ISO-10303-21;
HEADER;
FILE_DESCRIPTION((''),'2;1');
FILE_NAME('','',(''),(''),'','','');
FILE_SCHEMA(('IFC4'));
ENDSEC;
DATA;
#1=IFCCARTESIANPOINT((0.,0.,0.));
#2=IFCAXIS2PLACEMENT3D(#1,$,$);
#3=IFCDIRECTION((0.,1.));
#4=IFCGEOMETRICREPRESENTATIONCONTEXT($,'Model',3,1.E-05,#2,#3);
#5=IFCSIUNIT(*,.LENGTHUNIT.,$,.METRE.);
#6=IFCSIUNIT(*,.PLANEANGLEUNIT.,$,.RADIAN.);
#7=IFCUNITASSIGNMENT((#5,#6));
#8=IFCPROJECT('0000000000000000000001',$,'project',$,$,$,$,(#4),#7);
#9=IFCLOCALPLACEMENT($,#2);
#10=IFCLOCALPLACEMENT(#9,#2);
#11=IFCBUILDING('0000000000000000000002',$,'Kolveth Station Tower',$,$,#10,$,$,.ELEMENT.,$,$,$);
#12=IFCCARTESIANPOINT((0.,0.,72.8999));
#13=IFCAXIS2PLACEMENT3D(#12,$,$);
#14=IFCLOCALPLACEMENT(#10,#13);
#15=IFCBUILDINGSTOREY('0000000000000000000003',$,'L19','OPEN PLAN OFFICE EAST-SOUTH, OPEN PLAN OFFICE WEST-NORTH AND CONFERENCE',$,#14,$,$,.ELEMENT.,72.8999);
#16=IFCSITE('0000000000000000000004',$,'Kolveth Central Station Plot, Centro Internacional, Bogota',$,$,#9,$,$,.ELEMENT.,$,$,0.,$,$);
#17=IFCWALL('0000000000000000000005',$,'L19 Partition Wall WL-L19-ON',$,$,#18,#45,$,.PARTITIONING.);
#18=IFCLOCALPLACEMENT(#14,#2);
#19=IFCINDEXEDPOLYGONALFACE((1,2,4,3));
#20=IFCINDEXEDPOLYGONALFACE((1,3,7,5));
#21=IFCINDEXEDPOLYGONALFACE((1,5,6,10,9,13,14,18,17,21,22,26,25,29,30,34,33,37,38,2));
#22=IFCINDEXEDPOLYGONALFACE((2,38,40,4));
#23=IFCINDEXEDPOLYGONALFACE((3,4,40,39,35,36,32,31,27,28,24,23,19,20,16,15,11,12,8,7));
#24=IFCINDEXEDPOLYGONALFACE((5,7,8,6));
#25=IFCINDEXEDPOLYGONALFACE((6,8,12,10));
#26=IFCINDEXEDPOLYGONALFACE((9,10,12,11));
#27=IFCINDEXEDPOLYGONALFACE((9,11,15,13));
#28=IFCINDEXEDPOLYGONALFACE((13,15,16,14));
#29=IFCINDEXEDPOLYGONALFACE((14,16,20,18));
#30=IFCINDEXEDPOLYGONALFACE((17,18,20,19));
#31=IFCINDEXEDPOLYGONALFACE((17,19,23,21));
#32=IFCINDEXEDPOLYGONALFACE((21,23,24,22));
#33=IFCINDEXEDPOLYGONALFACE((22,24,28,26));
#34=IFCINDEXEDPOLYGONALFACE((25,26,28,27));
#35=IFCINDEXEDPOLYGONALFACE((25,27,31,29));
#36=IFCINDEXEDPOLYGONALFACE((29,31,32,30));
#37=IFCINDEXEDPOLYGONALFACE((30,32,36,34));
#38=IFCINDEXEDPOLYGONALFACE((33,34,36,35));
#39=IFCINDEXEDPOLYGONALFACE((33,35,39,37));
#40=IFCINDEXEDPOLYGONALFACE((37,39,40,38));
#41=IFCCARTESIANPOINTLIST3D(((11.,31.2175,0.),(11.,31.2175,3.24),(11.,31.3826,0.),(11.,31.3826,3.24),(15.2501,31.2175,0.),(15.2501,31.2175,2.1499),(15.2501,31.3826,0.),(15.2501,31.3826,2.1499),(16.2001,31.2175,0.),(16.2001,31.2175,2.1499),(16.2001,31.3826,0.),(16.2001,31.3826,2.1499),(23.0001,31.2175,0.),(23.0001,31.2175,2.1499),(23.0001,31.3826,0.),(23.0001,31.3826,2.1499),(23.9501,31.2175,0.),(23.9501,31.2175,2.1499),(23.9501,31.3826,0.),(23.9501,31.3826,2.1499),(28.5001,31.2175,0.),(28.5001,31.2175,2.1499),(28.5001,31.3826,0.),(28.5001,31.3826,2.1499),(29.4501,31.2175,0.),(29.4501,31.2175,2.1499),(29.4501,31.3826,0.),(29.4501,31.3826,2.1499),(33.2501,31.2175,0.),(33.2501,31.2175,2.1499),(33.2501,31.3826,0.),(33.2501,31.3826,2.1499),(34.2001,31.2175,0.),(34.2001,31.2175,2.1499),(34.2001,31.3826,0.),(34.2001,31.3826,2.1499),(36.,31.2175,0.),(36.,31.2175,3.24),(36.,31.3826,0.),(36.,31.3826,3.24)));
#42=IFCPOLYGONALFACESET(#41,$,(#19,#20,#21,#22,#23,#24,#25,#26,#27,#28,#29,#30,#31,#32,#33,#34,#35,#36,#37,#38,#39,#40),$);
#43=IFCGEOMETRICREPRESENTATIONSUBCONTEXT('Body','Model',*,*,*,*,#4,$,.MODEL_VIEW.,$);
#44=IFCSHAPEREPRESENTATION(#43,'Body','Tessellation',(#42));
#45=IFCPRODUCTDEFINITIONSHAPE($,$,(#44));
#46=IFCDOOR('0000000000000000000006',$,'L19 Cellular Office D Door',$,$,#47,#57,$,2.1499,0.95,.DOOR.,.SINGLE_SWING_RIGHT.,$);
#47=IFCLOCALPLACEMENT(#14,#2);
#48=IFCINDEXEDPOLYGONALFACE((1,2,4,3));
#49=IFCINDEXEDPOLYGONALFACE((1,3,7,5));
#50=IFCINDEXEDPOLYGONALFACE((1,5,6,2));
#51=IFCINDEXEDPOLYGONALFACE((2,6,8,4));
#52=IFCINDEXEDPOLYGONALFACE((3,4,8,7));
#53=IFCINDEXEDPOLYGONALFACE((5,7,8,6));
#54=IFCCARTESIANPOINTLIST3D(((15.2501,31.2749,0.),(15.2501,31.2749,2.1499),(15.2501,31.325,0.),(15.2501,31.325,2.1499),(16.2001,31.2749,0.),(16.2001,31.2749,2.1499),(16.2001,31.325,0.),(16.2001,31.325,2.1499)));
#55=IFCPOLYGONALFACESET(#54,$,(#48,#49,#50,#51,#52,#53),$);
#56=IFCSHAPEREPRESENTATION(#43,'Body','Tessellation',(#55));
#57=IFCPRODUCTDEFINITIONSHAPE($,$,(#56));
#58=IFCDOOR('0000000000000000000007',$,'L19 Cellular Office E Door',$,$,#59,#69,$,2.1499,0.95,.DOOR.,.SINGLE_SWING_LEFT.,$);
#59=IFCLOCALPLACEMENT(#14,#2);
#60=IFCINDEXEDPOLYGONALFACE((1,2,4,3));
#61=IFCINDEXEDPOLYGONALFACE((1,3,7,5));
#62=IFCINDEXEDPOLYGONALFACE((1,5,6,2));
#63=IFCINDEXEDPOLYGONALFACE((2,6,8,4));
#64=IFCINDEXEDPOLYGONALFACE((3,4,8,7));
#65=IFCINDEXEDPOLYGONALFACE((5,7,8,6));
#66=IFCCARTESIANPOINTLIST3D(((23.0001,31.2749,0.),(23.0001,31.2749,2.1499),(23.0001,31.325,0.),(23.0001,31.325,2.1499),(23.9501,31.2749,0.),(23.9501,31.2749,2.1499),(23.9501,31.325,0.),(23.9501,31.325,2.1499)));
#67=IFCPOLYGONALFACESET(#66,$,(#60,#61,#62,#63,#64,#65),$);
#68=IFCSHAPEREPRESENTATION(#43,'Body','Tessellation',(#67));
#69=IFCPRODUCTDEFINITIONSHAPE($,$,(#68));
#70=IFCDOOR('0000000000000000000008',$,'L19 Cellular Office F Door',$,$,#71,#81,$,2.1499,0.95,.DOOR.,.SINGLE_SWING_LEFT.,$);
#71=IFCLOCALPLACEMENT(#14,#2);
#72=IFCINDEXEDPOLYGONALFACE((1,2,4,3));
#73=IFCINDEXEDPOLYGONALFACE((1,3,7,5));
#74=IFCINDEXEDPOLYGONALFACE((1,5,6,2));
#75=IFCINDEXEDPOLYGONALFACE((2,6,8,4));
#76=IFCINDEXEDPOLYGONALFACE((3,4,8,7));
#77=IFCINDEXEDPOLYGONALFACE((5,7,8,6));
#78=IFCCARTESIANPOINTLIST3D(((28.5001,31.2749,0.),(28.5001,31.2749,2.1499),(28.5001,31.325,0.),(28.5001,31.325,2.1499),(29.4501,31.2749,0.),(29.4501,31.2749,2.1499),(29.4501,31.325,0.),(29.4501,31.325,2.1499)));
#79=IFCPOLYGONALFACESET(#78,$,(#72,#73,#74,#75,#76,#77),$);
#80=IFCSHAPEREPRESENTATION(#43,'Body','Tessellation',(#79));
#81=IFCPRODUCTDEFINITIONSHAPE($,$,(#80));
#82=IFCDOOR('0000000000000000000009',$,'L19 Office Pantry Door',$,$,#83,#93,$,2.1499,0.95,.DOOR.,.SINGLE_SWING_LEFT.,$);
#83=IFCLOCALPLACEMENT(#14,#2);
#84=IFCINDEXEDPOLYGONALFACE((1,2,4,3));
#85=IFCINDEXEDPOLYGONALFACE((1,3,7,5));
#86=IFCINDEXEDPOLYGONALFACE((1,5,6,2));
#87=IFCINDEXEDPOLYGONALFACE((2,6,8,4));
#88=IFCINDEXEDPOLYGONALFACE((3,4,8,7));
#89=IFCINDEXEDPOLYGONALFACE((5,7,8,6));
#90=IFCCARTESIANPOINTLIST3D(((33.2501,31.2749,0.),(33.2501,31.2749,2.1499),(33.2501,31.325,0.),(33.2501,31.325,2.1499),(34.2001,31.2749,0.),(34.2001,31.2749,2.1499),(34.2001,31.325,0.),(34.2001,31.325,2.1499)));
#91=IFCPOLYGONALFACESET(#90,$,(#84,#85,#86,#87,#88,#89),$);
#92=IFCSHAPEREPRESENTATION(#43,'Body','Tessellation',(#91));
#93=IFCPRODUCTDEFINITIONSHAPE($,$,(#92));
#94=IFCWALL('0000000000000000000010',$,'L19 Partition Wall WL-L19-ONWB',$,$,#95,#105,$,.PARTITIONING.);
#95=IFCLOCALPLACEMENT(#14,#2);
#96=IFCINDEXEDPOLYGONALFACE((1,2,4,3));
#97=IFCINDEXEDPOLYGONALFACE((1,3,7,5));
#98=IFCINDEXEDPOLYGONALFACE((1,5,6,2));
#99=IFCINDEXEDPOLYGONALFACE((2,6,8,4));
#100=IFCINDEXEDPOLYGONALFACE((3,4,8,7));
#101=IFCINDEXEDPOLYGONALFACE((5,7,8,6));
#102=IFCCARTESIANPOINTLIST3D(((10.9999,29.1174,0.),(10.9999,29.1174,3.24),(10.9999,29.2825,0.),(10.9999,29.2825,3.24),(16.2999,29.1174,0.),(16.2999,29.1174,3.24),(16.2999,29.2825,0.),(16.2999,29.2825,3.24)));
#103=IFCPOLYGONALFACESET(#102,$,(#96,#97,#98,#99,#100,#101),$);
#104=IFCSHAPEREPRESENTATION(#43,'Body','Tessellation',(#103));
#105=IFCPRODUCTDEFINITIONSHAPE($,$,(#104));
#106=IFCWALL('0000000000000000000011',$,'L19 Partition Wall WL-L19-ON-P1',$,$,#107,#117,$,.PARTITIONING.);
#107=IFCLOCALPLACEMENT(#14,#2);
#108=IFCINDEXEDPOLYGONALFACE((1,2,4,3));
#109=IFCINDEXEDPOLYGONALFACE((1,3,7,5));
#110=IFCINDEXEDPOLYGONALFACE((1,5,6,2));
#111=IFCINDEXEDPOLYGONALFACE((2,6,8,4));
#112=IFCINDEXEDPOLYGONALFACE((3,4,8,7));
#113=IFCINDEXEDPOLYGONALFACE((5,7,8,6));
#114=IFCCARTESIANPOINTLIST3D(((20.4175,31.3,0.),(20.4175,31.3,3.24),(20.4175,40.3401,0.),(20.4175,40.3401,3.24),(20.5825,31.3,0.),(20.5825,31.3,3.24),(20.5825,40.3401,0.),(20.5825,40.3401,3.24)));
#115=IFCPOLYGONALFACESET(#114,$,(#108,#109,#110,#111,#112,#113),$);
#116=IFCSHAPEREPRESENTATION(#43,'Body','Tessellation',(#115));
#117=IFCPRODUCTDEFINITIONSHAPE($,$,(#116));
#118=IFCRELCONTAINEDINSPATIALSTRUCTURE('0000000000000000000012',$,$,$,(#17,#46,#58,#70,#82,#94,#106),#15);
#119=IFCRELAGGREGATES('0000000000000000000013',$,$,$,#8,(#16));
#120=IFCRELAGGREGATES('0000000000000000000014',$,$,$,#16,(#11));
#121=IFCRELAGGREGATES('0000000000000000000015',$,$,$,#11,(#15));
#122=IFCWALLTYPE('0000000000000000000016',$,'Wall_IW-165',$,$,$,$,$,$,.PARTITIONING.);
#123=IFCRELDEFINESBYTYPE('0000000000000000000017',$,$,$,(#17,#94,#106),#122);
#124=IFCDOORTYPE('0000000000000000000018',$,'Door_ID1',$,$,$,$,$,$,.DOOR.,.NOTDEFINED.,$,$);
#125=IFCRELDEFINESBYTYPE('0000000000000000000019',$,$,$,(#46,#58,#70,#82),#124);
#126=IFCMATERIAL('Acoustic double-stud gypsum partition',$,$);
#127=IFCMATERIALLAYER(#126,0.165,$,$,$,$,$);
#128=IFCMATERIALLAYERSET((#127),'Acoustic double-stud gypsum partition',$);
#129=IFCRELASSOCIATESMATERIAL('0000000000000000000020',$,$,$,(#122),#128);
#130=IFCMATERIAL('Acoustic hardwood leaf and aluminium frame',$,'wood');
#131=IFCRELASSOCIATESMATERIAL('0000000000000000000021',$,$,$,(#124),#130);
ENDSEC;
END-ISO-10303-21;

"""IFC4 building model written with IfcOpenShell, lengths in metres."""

from ifc_helpers import new_model, si_unit, direction, frame, frame_2d, origin, place, context, subcontext, project, spatial, rectangle, extrude, material, layer, layer_set, type_object, element, fill, save


model = new_model("IFC4")

# Units and contexts
model_context = context("Model", 3, precision=1e-05, world=origin(), true_north=direction((0.0, 1.0)))
body_context = subcontext(model_context, "Body", "Model", "MODEL_VIEW")
ifc_project = project(units=[si_unit("LENGTHUNIT", "METRE"), si_unit("PLANEANGLEUNIT", "RADIAN")], contexts=[model_context])

# Site, building, storey
site_placement = place(None, origin())
site = spatial("IfcSite", under=ifc_project, at=site_placement, Name="Kolveth Central Station Plot, Centro Internacional, Bogota", CompositionType="ELEMENT", RefElevation=0.0)
building_placement = place(site_placement, origin())
building = spatial("IfcBuilding", under=site, at=building_placement, Name="Kolveth Station Tower", CompositionType="ELEMENT")
storey_placement = place(building_placement, frame((0.0, 0.0, 72.8999)))
storey = spatial("IfcBuildingStorey", under=building, at=storey_placement, Name="L19", Description="OPEN PLAN OFFICE EAST-SOUTH, OPEN PLAN OFFICE WEST-NORTH AND CONFERENCE", CompositionType="ELEMENT", Elevation=72.8999)

# Wall, openings, doors
ifc_material_1 = material(Name="Acoustic double-stud gypsum partition")
ifc_layer_1 = layer(ifc_material_1, 0.165)
ifc_layer_set_1 = layer_set([ifc_layer_1], Name="Acoustic double-stud gypsum partition")
wall_type = type_object("IfcWallType", Name="Wall_IW-165", PredefinedType="PARTITIONING", material=ifc_layer_set_1)
wall_1_placement = place(storey_placement, frame((11.0, 31.3, 0.0), z_axis=(0.0, 0.0, 1.0), x_axis=(1.0, 0.0, 0.0)))
wall_1 = element("IfcWall", 1, at=wall_1_placement, inside=storey, type_object=wall_type, Name="L19 Partition Wall WL-L19-ON", PredefinedType="PARTITIONING", context=body_context, shape_type="SweptSolid", body=[
    extrude(rectangle(XDim=25.0, YDim=0.165, at=frame_2d((12.5, 0.0))), origin(), (0.0, 0.0, 1.0), 3.24),
])
opening_1_placement = place(wall_1_placement, frame((4.25, 0.0, 0.0)))
opening_1 = element("IfcOpeningElement", 2, at=opening_1_placement, cuts=wall_1, PredefinedType="OPENING", context=body_context, shape_type="SweptSolid", body=[
    extrude(rectangle(XDim=0.95, YDim=2.1499, at=frame_2d((0.4751, 1.075))), frame((0.0, 0.0925, 0.0), z_axis=(0.0, -1.0, 0.0), x_axis=(1.0, 0.0, 0.0)), (0.0, 0.0, 1.0), 0.1851),
])
opening_2_placement = place(wall_1_placement, frame((12.0, 0.0, 0.0)))
opening_2 = element("IfcOpeningElement", 3, at=opening_2_placement, cuts=wall_1, PredefinedType="OPENING", context=body_context, shape_type="SweptSolid", body=[
    extrude(rectangle(XDim=0.95, YDim=2.1499, at=frame_2d((0.4751, 1.075))), frame((0.0, 0.0925, 0.0), z_axis=(0.0, -1.0, 0.0), x_axis=(1.0, 0.0, 0.0)), (0.0, 0.0, 1.0), 0.1851),
])
opening_3_placement = place(wall_1_placement, frame((17.5, 0.0, 0.0)))
opening_3 = element("IfcOpeningElement", 4, at=opening_3_placement, cuts=wall_1, PredefinedType="OPENING", context=body_context, shape_type="SweptSolid", body=[
    extrude(rectangle(XDim=0.95, YDim=2.1499, at=frame_2d((0.4751, 1.075))), frame((0.0, 0.0925, 0.0), z_axis=(0.0, -1.0, 0.0), x_axis=(1.0, 0.0, 0.0)), (0.0, 0.0, 1.0), 0.1851),
])
opening_4_placement = place(wall_1_placement, frame((22.25, 0.0, 0.0)))
opening_4 = element("IfcOpeningElement", 5, at=opening_4_placement, cuts=wall_1, PredefinedType="OPENING", context=body_context, shape_type="SweptSolid", body=[
    extrude(rectangle(XDim=0.95, YDim=2.1499, at=frame_2d((0.4751, 1.075))), frame((0.0, 0.0925, 0.0), z_axis=(0.0, -1.0, 0.0), x_axis=(1.0, 0.0, 0.0)), (0.0, 0.0, 1.0), 0.1851),
])
ifc_material_2 = material(Name="Acoustic hardwood leaf and aluminium frame", Category="wood")
door_type = type_object("IfcDoorType", Name="Door_ID1", OperationType="NOTDEFINED", PredefinedType="DOOR", material=ifc_material_2)
door_1_placement = place(opening_1_placement, origin())
door_1 = element("IfcDoor", 6, at=door_1_placement, inside=storey, type_object=door_type, Name="L19 Cellular Office D Door", OperationType="SINGLE_SWING_RIGHT", OverallHeight=2.1499, OverallWidth=0.95, PredefinedType="DOOR", context=body_context, shape_type="SweptSolid", body=[
    extrude(rectangle(XDim=0.95, YDim=2.1499, at=frame_2d((0.4751, 1.075))), frame((0.0, 0.0249, 0.0), z_axis=(0.0, -1.0, 0.0), x_axis=(1.0, 0.0, 0.0)), (0.0, 0.0, 1.0), 0.05),
])
fill(opening_1, door_1)
door_2_placement = place(opening_2_placement, origin())
door_2 = element("IfcDoor", 7, at=door_2_placement, inside=storey, type_object=door_type, Name="L19 Cellular Office E Door", OperationType="SINGLE_SWING_LEFT", OverallHeight=2.1499, OverallWidth=0.95, PredefinedType="DOOR", context=body_context, shape_type="SweptSolid", body=[
    extrude(rectangle(XDim=0.95, YDim=2.1499, at=frame_2d((0.4751, 1.075))), frame((0.0, 0.0249, 0.0), z_axis=(0.0, -1.0, 0.0), x_axis=(1.0, 0.0, 0.0)), (0.0, 0.0, 1.0), 0.05),
])
fill(opening_2, door_2)
door_3_placement = place(opening_3_placement, origin())
door_3 = element("IfcDoor", 8, at=door_3_placement, inside=storey, type_object=door_type, Name="L19 Cellular Office F Door", OperationType="SINGLE_SWING_LEFT", OverallHeight=2.1499, OverallWidth=0.95, PredefinedType="DOOR", context=body_context, shape_type="SweptSolid", body=[
    extrude(rectangle(XDim=0.95, YDim=2.1499, at=frame_2d((0.4751, 1.075))), frame((0.0, 0.0249, 0.0), z_axis=(0.0, -1.0, 0.0), x_axis=(1.0, 0.0, 0.0)), (0.0, 0.0, 1.0), 0.05),
])
fill(opening_3, door_3)
door_4_placement = place(opening_4_placement, origin())
door_4 = element("IfcDoor", 9, at=door_4_placement, inside=storey, type_object=door_type, Name="L19 Office Pantry Door", OperationType="SINGLE_SWING_LEFT", OverallHeight=2.1499, OverallWidth=0.95, PredefinedType="DOOR", context=body_context, shape_type="SweptSolid", body=[
    extrude(rectangle(XDim=0.95, YDim=2.1499, at=frame_2d((0.4751, 1.075))), frame((0.0, 0.0249, 0.0), z_axis=(0.0, -1.0, 0.0), x_axis=(1.0, 0.0, 0.0)), (0.0, 0.0, 1.0), 0.05),
])
fill(opening_4, door_4)

# Walls
wall_2_placement = place(storey_placement, frame((11.0, 29.2, 0.0), z_axis=(0.0, 0.0, 1.0), x_axis=(1.0, 0.0, 0.0)))
element("IfcWall", 10, at=wall_2_placement, inside=storey, type_object=wall_type, Name="L19 Partition Wall WL-L19-ONWB", PredefinedType="PARTITIONING", context=body_context, shape_type="SweptSolid", body=[
    extrude(rectangle(XDim=5.3, YDim=0.165, at=frame_2d((2.6499, 0.0))), origin(), (0.0, 0.0, 1.0), 3.24),
])
wall_3_placement = place(storey_placement, frame((20.5, 31.3, 0.0), z_axis=(0.0, 0.0, 1.0), x_axis=(0.0, 1.0, 0.0)))
element("IfcWall", 11, at=wall_3_placement, inside=storey, type_object=wall_type, Name="L19 Partition Wall WL-L19-ON-P1", PredefinedType="PARTITIONING", context=body_context, shape_type="SweptSolid", body=[
    extrude(rectangle(XDim=9.04, YDim=0.165, at=frame_2d((4.52, 0.0))), origin(), (0.0, 0.0, 1.0), 3.24),
])

save(model, "model.ifc")
